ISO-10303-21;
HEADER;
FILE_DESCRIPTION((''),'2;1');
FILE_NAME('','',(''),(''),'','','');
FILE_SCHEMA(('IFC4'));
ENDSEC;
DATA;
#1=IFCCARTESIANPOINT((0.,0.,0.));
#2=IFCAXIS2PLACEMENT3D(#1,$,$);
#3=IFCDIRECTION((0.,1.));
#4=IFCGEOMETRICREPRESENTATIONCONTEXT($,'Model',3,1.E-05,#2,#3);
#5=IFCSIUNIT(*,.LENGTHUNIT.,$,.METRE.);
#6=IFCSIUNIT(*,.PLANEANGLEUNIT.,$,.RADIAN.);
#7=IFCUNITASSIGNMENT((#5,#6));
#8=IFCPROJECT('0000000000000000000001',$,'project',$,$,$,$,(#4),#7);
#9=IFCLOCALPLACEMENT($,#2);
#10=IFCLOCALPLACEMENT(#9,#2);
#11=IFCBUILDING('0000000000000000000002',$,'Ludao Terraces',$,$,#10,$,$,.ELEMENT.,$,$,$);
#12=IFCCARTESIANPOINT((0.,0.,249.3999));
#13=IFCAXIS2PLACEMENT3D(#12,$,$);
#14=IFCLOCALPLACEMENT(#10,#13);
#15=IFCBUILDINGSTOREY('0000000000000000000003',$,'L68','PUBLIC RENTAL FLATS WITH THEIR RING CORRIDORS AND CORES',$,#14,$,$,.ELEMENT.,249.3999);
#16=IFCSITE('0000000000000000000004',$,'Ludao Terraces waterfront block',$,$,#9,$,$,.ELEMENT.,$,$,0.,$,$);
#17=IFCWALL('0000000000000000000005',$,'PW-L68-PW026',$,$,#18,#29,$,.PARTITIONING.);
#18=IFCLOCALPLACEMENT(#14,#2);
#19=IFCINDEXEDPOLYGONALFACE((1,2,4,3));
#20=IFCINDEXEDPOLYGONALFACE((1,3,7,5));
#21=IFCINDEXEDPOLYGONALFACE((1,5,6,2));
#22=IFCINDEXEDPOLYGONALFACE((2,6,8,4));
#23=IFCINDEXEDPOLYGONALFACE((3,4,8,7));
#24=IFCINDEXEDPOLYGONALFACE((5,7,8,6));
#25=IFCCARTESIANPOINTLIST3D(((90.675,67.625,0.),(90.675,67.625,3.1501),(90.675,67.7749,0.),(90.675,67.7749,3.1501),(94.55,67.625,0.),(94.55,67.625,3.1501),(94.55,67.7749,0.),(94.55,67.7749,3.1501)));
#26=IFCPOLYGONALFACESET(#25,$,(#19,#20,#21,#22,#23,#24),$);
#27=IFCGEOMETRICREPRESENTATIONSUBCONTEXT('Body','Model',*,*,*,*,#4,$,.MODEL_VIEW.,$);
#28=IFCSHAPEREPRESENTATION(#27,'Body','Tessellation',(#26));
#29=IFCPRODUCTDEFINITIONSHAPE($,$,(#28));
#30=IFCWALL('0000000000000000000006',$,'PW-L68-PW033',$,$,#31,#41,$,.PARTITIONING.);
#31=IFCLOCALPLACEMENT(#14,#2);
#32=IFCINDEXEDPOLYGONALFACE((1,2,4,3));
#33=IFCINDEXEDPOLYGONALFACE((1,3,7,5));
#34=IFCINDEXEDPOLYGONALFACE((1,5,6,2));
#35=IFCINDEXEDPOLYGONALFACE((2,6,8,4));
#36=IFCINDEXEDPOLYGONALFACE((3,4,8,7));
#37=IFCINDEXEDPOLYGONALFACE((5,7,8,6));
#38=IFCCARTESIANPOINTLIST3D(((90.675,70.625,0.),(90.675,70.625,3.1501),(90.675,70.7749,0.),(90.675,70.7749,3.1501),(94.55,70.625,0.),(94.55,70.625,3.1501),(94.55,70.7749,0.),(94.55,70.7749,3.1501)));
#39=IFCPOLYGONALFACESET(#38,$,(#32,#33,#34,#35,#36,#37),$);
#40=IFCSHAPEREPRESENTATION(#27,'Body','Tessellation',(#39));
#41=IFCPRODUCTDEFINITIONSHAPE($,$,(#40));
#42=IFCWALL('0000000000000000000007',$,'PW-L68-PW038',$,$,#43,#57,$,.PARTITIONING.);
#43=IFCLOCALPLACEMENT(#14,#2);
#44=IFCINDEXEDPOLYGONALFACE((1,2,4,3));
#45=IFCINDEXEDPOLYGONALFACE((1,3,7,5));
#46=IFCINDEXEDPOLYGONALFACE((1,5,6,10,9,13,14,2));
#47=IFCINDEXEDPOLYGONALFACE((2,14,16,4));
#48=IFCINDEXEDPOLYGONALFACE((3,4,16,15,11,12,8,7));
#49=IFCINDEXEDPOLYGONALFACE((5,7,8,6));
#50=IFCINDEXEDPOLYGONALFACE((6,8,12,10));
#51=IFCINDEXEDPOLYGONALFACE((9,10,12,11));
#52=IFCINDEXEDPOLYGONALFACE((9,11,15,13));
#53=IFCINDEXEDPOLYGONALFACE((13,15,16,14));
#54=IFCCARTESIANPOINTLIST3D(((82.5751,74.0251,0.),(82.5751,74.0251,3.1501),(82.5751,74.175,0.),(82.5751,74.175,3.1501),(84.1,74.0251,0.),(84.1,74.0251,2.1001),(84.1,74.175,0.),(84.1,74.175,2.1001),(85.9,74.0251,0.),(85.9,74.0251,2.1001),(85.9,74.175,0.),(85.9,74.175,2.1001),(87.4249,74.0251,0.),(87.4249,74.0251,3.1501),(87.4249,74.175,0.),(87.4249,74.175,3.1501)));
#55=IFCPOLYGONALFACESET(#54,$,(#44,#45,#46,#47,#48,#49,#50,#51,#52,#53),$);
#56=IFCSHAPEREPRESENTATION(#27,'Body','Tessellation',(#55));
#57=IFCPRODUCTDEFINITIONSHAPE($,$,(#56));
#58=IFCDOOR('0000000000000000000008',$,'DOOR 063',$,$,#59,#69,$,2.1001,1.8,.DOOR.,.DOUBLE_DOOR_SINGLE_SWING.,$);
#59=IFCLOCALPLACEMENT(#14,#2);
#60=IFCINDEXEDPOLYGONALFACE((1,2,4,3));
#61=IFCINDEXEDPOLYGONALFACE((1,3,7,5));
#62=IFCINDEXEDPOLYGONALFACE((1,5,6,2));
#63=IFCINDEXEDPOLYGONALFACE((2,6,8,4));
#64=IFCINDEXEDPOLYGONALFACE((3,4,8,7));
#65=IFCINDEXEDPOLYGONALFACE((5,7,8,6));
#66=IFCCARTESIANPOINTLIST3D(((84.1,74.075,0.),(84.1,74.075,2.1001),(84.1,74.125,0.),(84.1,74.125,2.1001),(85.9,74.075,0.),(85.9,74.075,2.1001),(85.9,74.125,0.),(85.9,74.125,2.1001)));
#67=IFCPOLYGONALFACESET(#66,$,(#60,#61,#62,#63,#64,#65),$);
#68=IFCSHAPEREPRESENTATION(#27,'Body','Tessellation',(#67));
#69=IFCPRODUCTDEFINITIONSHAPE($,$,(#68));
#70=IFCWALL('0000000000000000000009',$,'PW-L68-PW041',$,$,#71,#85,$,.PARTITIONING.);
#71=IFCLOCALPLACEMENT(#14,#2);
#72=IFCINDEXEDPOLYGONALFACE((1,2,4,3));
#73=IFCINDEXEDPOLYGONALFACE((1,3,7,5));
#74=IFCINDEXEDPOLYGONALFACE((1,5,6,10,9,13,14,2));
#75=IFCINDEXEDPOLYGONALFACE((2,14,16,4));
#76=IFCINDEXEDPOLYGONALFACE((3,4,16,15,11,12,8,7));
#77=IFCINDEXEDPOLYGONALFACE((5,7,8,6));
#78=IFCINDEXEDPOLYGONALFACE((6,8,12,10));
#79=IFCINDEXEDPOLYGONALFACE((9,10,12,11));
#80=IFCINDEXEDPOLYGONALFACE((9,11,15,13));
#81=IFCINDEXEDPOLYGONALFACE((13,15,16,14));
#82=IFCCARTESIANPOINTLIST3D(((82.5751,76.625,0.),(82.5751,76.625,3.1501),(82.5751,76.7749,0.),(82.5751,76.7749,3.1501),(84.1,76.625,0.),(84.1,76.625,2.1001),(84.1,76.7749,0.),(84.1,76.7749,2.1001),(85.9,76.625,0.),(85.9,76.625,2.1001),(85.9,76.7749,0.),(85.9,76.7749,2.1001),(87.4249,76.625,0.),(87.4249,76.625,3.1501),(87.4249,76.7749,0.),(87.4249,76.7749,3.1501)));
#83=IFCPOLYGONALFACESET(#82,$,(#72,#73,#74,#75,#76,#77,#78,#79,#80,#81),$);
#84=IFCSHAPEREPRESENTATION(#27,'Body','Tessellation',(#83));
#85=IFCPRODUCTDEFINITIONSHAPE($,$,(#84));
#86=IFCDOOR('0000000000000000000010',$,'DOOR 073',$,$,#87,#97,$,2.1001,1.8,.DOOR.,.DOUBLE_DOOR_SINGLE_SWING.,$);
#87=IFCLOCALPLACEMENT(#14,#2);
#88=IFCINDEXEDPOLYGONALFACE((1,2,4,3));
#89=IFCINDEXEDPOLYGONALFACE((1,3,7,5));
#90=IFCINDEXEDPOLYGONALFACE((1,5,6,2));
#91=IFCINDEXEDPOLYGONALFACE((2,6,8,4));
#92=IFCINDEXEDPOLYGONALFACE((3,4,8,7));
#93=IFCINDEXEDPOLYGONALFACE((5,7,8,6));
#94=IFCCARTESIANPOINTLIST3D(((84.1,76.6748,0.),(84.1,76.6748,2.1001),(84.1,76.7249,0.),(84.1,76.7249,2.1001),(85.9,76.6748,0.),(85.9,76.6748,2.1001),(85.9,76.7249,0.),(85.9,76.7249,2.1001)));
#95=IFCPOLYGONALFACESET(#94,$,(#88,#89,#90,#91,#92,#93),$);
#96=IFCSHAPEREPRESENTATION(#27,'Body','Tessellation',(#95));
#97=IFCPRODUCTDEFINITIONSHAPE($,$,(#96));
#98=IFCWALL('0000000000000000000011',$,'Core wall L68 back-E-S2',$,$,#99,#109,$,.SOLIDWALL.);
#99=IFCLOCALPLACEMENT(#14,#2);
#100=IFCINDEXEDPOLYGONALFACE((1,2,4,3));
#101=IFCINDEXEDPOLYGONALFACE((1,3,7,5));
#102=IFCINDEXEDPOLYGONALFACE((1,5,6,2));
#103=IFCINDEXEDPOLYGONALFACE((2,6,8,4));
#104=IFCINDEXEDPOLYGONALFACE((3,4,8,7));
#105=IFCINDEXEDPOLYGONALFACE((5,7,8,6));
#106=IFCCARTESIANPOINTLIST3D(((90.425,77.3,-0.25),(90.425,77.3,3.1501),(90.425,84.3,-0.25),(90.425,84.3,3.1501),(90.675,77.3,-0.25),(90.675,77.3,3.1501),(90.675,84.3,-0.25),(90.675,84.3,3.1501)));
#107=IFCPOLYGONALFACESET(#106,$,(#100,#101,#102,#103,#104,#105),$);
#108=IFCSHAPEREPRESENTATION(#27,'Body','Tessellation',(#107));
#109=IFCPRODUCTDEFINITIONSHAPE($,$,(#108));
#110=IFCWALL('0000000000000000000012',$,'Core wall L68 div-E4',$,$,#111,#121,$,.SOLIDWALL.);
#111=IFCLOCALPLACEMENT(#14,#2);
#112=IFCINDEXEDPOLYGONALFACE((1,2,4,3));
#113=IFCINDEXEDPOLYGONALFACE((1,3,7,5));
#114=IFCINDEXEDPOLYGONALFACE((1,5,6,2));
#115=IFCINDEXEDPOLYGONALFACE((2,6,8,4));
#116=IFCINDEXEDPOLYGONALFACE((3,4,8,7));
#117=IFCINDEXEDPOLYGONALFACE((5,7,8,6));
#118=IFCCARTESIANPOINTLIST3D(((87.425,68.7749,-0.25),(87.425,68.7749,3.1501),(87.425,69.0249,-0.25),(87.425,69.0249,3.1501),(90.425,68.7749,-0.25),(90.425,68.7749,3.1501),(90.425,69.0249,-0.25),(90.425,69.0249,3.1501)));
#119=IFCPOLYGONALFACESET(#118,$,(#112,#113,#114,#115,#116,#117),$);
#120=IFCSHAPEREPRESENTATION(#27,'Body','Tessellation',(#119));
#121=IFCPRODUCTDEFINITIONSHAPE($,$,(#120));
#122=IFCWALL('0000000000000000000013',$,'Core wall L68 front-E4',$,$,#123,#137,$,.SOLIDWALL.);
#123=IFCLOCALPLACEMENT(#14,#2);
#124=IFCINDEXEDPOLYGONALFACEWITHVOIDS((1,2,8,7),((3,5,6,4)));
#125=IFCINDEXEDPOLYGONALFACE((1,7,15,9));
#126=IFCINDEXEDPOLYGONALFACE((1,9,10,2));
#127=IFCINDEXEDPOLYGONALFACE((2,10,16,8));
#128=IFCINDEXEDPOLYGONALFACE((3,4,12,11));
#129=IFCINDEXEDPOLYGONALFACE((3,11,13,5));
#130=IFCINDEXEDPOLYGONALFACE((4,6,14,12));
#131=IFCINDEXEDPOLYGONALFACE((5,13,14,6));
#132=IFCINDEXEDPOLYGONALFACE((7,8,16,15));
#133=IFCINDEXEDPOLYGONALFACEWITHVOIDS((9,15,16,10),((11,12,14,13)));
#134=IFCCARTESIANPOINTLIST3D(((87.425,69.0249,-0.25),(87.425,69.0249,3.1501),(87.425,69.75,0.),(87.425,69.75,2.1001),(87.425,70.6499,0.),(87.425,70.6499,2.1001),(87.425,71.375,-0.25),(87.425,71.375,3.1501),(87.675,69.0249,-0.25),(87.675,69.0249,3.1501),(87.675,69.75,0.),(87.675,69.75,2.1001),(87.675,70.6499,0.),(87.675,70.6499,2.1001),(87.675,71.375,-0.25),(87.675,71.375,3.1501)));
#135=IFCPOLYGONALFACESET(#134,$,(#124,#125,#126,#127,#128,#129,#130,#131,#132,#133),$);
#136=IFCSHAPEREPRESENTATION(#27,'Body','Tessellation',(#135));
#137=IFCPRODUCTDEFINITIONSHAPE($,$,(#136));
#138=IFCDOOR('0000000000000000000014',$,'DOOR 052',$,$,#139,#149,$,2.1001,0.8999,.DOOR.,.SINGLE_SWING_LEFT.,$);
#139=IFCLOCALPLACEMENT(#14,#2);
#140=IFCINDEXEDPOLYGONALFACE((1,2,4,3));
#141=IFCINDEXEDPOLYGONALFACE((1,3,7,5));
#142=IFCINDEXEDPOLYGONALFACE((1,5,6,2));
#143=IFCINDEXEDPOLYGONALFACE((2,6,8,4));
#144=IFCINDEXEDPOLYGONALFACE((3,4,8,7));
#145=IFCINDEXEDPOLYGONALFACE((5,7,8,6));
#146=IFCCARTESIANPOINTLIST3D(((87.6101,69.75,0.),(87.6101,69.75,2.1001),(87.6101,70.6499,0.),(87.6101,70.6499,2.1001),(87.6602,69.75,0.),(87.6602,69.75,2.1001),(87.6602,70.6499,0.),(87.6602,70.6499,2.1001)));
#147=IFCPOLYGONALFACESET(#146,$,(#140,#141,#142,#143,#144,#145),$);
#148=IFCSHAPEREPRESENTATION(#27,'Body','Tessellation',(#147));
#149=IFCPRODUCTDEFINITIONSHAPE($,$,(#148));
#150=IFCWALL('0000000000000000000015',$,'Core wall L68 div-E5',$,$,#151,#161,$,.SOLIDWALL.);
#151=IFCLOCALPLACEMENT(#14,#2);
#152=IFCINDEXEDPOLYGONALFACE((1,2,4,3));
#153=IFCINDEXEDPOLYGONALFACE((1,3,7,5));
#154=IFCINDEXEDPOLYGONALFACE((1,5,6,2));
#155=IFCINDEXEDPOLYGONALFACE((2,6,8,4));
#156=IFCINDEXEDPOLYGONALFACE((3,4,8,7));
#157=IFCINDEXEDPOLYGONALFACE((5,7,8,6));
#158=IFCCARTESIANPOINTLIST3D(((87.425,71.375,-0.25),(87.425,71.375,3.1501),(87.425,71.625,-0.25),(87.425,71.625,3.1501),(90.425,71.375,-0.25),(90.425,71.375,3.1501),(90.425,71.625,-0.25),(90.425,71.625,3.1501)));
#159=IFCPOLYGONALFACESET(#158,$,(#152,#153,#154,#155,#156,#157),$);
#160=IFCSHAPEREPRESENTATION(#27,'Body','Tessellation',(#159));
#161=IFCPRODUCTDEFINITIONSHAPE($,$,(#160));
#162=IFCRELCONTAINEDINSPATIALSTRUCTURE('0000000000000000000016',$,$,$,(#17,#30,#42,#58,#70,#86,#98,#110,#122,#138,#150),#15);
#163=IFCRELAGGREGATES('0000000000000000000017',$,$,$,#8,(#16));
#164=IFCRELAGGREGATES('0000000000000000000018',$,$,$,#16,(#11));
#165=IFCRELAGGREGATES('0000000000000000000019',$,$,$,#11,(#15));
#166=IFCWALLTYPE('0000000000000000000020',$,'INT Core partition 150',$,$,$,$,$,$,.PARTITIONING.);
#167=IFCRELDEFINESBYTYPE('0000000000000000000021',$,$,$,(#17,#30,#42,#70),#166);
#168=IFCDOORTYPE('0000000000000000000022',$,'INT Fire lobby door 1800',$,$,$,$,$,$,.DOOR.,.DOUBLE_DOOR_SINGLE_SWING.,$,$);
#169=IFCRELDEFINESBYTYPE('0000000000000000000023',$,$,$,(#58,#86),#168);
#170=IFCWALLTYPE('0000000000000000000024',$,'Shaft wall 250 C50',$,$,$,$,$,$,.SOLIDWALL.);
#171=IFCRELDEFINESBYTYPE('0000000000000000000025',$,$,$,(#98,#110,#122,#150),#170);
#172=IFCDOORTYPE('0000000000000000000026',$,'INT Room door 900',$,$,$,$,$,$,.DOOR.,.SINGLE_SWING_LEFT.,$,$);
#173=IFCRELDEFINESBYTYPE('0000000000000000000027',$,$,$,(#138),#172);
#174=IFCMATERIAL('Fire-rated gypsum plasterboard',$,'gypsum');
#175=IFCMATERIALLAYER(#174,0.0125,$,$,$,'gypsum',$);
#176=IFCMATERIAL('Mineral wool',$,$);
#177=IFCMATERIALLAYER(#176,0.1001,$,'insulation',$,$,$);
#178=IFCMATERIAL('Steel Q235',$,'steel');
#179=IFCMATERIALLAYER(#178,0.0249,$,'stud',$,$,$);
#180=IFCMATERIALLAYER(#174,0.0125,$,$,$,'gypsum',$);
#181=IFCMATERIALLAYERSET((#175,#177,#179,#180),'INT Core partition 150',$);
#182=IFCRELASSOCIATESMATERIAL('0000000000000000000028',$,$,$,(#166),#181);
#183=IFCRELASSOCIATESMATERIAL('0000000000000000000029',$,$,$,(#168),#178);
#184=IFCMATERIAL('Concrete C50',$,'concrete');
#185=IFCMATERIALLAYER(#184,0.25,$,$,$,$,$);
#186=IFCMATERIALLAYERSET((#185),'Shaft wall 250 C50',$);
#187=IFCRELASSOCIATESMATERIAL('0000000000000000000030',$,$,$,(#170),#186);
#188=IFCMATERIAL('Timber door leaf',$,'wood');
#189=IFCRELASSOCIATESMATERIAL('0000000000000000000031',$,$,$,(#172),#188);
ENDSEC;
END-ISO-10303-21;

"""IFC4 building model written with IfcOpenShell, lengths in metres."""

from ifc_helpers import new_model, si_unit, direction, frame, frame_2d, origin, place, context, subcontext, project, spatial, rectangle, extrude, material, layer, layer_set, type_object, element, fill, save


model = new_model("IFC4")

# Units and contexts
model_context = context("Model", 3, precision=1e-05, world=origin(), true_north=direction((0.0, 1.0)))
body_context = subcontext(model_context, "Body", "Model", "MODEL_VIEW")
ifc_project = project(units=[si_unit("LENGTHUNIT", "METRE"), si_unit("PLANEANGLEUNIT", "RADIAN")], contexts=[model_context])

# Site, building, storey
site_placement = place(None, origin())
site = spatial("IfcSite", under=ifc_project, at=site_placement, Name="Ludao Terraces waterfront block", CompositionType="ELEMENT", RefElevation=0.0)
building_placement = place(site_placement, origin())
building = spatial("IfcBuilding", under=site, at=building_placement, Name="Ludao Terraces", CompositionType="ELEMENT")
storey_placement = place(building_placement, frame((0.0, 0.0, 249.3999)))
storey = spatial("IfcBuildingStorey", under=building, at=storey_placement, Name="L68", Description="PUBLIC RENTAL FLATS WITH THEIR RING CORRIDORS AND CORES", CompositionType="ELEMENT", Elevation=249.3999)

# Walls
ifc_material_1 = material(Name="Fire-rated gypsum plasterboard", Category="gypsum")
ifc_layer_1 = layer(ifc_material_1, 0.0125, Category="gypsum")
ifc_material_2 = material(Name="Mineral wool")
ifc_layer_2 = layer(ifc_material_2, 0.1001, Name="insulation")
ifc_material_3 = material(Name="Steel Q235", Category="steel")
ifc_layer_3 = layer(ifc_material_3, 0.0249, Name="stud")
ifc_layer_4 = layer(ifc_material_1, 0.0125, Category="gypsum")
ifc_layer_set_1 = layer_set([ifc_layer_1, ifc_layer_2, ifc_layer_3, ifc_layer_4], Name="INT Core partition 150")
wall_type_1 = type_object("IfcWallType", Name="INT Core partition 150", PredefinedType="PARTITIONING", material=ifc_layer_set_1)
for number, where, z_axis, x_axis, name in (
    (1, (90.675, 67.7, 0.0), (0.0, 0.0, 1.0), (1.0, 0.0, 0.0), "PW-L68-PW026"),
    (2, (90.675, 70.7, 0.0), (0.0, 0.0, 1.0), (1.0, 0.0, 0.0), "PW-L68-PW033"),
):
    element("IfcWall", number, at=place(storey_placement, frame(where, z_axis=z_axis, x_axis=x_axis)), inside=storey, type_object=wall_type_1, Name=name, PredefinedType="PARTITIONING", context=body_context, shape_type="SweptSolid", body=[
        extrude(rectangle(XDim=3.875, YDim=0.1499, at=frame_2d((1.9375, 0.0))), origin(), (0.0, 0.0, 1.0), 3.1501),
    ])

# Walls, openings, doors
wall_1_placement = place(storey_placement, frame((82.5752, 74.1001, 0.0), z_axis=(0.0, 0.0, 1.0), x_axis=(1.0, 0.0, 0.0)))
wall_1 = element("IfcWall", 3, at=wall_1_placement, inside=storey, type_object=wall_type_1, Name="PW-L68-PW038", PredefinedType="PARTITIONING", context=body_context, shape_type="SweptSolid", body=[
    extrude(rectangle(XDim=4.8499, YDim=0.1499, at=frame_2d((2.4248, 0.0))), origin(), (0.0, 0.0, 1.0), 3.1501),
])
opening_1_placement = place(wall_1_placement, frame((1.5249, 0.0, 0.0)))
opening_1 = element("IfcOpeningElement", 4, at=opening_1_placement, cuts=wall_1, PredefinedType="OPENING", context=body_context, shape_type="SweptSolid", body=[
    extrude(rectangle(XDim=1.8, YDim=2.1001, at=frame_2d((0.8999, 1.05))), frame((0.0, 0.085, 0.0), z_axis=(0.0, -1.0, 0.0), x_axis=(1.0, 0.0, 0.0)), (0.0, 0.0, 1.0), 0.1699),
])
door_type_1 = type_object("IfcDoorType", Name="INT Fire lobby door 1800", OperationType="DOUBLE_DOOR_SINGLE_SWING", PredefinedType="DOOR", material=ifc_material_3)
door_1_placement = place(opening_1_placement, origin())
door_1 = element("IfcDoor", 5, at=door_1_placement, inside=storey, type_object=door_type_1, Name="DOOR 063", OperationType="DOUBLE_DOOR_SINGLE_SWING", OverallHeight=2.1001, OverallWidth=1.8, PredefinedType="DOOR", context=body_context, shape_type="SweptSolid", body=[
    extrude(rectangle(XDim=1.8, YDim=2.1001, at=frame_2d((0.8999, 1.05))), frame((0.0, 0.0249, 0.0), z_axis=(0.0, -1.0, 0.0), x_axis=(1.0, 0.0, 0.0)), (0.0, 0.0, 1.0), 0.05),
])
fill(opening_1, door_1)
wall_2_placement = place(storey_placement, frame((82.5752, 76.7, 0.0), z_axis=(0.0, 0.0, 1.0), x_axis=(1.0, 0.0, 0.0)))
wall_2 = element("IfcWall", 6, at=wall_2_placement, inside=storey, type_object=wall_type_1, Name="PW-L68-PW041", PredefinedType="PARTITIONING", context=body_context, shape_type="SweptSolid", body=[
    extrude(rectangle(XDim=4.8499, YDim=0.1499, at=frame_2d((2.4248, 0.0))), origin(), (0.0, 0.0, 1.0), 3.1501),
])
opening_2_placement = place(wall_2_placement, frame((1.5249, 0.0, 0.0)))
opening_2 = element("IfcOpeningElement", 7, at=opening_2_placement, cuts=wall_2, PredefinedType="OPENING", context=body_context, shape_type="SweptSolid", body=[
    extrude(rectangle(XDim=1.8, YDim=2.1001, at=frame_2d((0.8999, 1.05))), frame((0.0, 0.085, 0.0), z_axis=(0.0, -1.0, 0.0), x_axis=(1.0, 0.0, 0.0)), (0.0, 0.0, 1.0), 0.1699),
])
door_2_placement = place(opening_2_placement, origin())
door_2 = element("IfcDoor", 8, at=door_2_placement, inside=storey, type_object=door_type_1, Name="DOOR 073", OperationType="DOUBLE_DOOR_SINGLE_SWING", OverallHeight=2.1001, OverallWidth=1.8, PredefinedType="DOOR", context=body_context, shape_type="SweptSolid", body=[
    extrude(rectangle(XDim=1.8, YDim=2.1001, at=frame_2d((0.8999, 1.05))), frame((0.0, 0.0249, 0.0), z_axis=(0.0, -1.0, 0.0), x_axis=(1.0, 0.0, 0.0)), (0.0, 0.0, 1.0), 0.05),
])
fill(opening_2, door_2)

# Walls
ifc_material_4 = material(Name="Concrete C50", Category="concrete")
ifc_layer_5 = layer(ifc_material_4, 0.25)
ifc_layer_set_2 = layer_set([ifc_layer_5], Name="Shaft wall 250 C50")
wall_type_2 = type_object("IfcWallType", Name="Shaft wall 250 C50", PredefinedType="SOLIDWALL", material=ifc_layer_set_2)
wall_3_placement = place(storey_placement, frame((90.55, 77.3, -0.25), z_axis=(0.0, 0.0, 1.0), x_axis=(0.0, 1.0, 0.0)))
element("IfcWall", 9, at=wall_3_placement, inside=storey, type_object=wall_type_2, Name="Core wall L68 back-E-S2", PredefinedType="SOLIDWALL", context=body_context, shape_type="SweptSolid", body=[
    extrude(rectangle(XDim=7.0, YDim=0.25, at=frame_2d((3.5, 0.0))), origin(), (0.0, 0.0, 1.0), 3.4001),
])
wall_4_placement = place(storey_placement, frame((87.425, 68.8999, -0.25), z_axis=(0.0, 0.0, 1.0), x_axis=(1.0, 0.0, 0.0)))
element("IfcWall", 10, at=wall_4_placement, inside=storey, type_object=wall_type_2, Name="Core wall L68 div-E4", PredefinedType="SOLIDWALL", context=body_context, shape_type="SweptSolid", body=[
    extrude(rectangle(XDim=3.0, YDim=0.25, at=frame_2d((1.5, 0.0))), origin(), (0.0, 0.0, 1.0), 3.4001),
])

# Wall, opening, door
wall_5_placement = place(storey_placement, frame((87.55, 69.0249, -0.25), z_axis=(0.0, 0.0, 1.0), x_axis=(0.0, 1.0, 0.0)))
wall_5 = element("IfcWall", 11, at=wall_5_placement, inside=storey, type_object=wall_type_2, Name="Core wall L68 front-E4", PredefinedType="SOLIDWALL", context=body_context, shape_type="SweptSolid", body=[
    extrude(rectangle(XDim=2.3501, YDim=0.25, at=frame_2d((1.175, 0.0))), origin(), (0.0, 0.0, 1.0), 3.4001),
])
opening_3_placement = place(wall_5_placement, frame((0.7251, 0.0, 0.25)))
opening_3 = element("IfcOpeningElement", 12, at=opening_3_placement, cuts=wall_5, PredefinedType="OPENING", context=body_context, shape_type="SweptSolid", body=[
    extrude(rectangle(XDim=0.8999, YDim=2.1001, at=frame_2d((0.45, 1.05))), frame((0.0, 0.135, 0.0), z_axis=(0.0, -1.0, 0.0), x_axis=(1.0, 0.0, 0.0)), (0.0, 0.0, 1.0), 0.27),
])
ifc_material_5 = material(Name="Timber door leaf", Category="wood")
door_type_2 = type_object("IfcDoorType", Name="INT Room door 900", OperationType="SINGLE_SWING_LEFT", PredefinedType="DOOR", material=ifc_material_5)
door_3_placement = place(opening_3_placement, origin())
door_3 = element("IfcDoor", 13, at=door_3_placement, inside=storey, type_object=door_type_2, Name="DOOR 052", OperationType="SINGLE_SWING_LEFT", OverallHeight=2.1001, OverallWidth=0.8999, PredefinedType="DOOR", context=body_context, shape_type="SweptSolid", body=[
    extrude(rectangle(XDim=0.8999, YDim=2.1001, at=frame_2d((0.45, 1.05))), frame((0.0, -0.0601, 0.0), z_axis=(0.0, -1.0, 0.0), x_axis=(1.0, 0.0, 0.0)), (0.0, 0.0, 1.0), 0.05),
])
fill(opening_3, door_3)

# Wall
wall_6_placement = place(storey_placement, frame((87.425, 71.5, -0.25), z_axis=(0.0, 0.0, 1.0), x_axis=(1.0, 0.0, 0.0)))
element("IfcWall", 14, at=wall_6_placement, inside=storey, type_object=wall_type_2, Name="Core wall L68 div-E5", PredefinedType="SOLIDWALL", context=body_context, shape_type="SweptSolid", body=[
    extrude(rectangle(XDim=3.0, YDim=0.25, at=frame_2d((1.5, 0.0))), origin(), (0.0, 0.0, 1.0), 3.4001),
])

save(model, "model.ifc")
